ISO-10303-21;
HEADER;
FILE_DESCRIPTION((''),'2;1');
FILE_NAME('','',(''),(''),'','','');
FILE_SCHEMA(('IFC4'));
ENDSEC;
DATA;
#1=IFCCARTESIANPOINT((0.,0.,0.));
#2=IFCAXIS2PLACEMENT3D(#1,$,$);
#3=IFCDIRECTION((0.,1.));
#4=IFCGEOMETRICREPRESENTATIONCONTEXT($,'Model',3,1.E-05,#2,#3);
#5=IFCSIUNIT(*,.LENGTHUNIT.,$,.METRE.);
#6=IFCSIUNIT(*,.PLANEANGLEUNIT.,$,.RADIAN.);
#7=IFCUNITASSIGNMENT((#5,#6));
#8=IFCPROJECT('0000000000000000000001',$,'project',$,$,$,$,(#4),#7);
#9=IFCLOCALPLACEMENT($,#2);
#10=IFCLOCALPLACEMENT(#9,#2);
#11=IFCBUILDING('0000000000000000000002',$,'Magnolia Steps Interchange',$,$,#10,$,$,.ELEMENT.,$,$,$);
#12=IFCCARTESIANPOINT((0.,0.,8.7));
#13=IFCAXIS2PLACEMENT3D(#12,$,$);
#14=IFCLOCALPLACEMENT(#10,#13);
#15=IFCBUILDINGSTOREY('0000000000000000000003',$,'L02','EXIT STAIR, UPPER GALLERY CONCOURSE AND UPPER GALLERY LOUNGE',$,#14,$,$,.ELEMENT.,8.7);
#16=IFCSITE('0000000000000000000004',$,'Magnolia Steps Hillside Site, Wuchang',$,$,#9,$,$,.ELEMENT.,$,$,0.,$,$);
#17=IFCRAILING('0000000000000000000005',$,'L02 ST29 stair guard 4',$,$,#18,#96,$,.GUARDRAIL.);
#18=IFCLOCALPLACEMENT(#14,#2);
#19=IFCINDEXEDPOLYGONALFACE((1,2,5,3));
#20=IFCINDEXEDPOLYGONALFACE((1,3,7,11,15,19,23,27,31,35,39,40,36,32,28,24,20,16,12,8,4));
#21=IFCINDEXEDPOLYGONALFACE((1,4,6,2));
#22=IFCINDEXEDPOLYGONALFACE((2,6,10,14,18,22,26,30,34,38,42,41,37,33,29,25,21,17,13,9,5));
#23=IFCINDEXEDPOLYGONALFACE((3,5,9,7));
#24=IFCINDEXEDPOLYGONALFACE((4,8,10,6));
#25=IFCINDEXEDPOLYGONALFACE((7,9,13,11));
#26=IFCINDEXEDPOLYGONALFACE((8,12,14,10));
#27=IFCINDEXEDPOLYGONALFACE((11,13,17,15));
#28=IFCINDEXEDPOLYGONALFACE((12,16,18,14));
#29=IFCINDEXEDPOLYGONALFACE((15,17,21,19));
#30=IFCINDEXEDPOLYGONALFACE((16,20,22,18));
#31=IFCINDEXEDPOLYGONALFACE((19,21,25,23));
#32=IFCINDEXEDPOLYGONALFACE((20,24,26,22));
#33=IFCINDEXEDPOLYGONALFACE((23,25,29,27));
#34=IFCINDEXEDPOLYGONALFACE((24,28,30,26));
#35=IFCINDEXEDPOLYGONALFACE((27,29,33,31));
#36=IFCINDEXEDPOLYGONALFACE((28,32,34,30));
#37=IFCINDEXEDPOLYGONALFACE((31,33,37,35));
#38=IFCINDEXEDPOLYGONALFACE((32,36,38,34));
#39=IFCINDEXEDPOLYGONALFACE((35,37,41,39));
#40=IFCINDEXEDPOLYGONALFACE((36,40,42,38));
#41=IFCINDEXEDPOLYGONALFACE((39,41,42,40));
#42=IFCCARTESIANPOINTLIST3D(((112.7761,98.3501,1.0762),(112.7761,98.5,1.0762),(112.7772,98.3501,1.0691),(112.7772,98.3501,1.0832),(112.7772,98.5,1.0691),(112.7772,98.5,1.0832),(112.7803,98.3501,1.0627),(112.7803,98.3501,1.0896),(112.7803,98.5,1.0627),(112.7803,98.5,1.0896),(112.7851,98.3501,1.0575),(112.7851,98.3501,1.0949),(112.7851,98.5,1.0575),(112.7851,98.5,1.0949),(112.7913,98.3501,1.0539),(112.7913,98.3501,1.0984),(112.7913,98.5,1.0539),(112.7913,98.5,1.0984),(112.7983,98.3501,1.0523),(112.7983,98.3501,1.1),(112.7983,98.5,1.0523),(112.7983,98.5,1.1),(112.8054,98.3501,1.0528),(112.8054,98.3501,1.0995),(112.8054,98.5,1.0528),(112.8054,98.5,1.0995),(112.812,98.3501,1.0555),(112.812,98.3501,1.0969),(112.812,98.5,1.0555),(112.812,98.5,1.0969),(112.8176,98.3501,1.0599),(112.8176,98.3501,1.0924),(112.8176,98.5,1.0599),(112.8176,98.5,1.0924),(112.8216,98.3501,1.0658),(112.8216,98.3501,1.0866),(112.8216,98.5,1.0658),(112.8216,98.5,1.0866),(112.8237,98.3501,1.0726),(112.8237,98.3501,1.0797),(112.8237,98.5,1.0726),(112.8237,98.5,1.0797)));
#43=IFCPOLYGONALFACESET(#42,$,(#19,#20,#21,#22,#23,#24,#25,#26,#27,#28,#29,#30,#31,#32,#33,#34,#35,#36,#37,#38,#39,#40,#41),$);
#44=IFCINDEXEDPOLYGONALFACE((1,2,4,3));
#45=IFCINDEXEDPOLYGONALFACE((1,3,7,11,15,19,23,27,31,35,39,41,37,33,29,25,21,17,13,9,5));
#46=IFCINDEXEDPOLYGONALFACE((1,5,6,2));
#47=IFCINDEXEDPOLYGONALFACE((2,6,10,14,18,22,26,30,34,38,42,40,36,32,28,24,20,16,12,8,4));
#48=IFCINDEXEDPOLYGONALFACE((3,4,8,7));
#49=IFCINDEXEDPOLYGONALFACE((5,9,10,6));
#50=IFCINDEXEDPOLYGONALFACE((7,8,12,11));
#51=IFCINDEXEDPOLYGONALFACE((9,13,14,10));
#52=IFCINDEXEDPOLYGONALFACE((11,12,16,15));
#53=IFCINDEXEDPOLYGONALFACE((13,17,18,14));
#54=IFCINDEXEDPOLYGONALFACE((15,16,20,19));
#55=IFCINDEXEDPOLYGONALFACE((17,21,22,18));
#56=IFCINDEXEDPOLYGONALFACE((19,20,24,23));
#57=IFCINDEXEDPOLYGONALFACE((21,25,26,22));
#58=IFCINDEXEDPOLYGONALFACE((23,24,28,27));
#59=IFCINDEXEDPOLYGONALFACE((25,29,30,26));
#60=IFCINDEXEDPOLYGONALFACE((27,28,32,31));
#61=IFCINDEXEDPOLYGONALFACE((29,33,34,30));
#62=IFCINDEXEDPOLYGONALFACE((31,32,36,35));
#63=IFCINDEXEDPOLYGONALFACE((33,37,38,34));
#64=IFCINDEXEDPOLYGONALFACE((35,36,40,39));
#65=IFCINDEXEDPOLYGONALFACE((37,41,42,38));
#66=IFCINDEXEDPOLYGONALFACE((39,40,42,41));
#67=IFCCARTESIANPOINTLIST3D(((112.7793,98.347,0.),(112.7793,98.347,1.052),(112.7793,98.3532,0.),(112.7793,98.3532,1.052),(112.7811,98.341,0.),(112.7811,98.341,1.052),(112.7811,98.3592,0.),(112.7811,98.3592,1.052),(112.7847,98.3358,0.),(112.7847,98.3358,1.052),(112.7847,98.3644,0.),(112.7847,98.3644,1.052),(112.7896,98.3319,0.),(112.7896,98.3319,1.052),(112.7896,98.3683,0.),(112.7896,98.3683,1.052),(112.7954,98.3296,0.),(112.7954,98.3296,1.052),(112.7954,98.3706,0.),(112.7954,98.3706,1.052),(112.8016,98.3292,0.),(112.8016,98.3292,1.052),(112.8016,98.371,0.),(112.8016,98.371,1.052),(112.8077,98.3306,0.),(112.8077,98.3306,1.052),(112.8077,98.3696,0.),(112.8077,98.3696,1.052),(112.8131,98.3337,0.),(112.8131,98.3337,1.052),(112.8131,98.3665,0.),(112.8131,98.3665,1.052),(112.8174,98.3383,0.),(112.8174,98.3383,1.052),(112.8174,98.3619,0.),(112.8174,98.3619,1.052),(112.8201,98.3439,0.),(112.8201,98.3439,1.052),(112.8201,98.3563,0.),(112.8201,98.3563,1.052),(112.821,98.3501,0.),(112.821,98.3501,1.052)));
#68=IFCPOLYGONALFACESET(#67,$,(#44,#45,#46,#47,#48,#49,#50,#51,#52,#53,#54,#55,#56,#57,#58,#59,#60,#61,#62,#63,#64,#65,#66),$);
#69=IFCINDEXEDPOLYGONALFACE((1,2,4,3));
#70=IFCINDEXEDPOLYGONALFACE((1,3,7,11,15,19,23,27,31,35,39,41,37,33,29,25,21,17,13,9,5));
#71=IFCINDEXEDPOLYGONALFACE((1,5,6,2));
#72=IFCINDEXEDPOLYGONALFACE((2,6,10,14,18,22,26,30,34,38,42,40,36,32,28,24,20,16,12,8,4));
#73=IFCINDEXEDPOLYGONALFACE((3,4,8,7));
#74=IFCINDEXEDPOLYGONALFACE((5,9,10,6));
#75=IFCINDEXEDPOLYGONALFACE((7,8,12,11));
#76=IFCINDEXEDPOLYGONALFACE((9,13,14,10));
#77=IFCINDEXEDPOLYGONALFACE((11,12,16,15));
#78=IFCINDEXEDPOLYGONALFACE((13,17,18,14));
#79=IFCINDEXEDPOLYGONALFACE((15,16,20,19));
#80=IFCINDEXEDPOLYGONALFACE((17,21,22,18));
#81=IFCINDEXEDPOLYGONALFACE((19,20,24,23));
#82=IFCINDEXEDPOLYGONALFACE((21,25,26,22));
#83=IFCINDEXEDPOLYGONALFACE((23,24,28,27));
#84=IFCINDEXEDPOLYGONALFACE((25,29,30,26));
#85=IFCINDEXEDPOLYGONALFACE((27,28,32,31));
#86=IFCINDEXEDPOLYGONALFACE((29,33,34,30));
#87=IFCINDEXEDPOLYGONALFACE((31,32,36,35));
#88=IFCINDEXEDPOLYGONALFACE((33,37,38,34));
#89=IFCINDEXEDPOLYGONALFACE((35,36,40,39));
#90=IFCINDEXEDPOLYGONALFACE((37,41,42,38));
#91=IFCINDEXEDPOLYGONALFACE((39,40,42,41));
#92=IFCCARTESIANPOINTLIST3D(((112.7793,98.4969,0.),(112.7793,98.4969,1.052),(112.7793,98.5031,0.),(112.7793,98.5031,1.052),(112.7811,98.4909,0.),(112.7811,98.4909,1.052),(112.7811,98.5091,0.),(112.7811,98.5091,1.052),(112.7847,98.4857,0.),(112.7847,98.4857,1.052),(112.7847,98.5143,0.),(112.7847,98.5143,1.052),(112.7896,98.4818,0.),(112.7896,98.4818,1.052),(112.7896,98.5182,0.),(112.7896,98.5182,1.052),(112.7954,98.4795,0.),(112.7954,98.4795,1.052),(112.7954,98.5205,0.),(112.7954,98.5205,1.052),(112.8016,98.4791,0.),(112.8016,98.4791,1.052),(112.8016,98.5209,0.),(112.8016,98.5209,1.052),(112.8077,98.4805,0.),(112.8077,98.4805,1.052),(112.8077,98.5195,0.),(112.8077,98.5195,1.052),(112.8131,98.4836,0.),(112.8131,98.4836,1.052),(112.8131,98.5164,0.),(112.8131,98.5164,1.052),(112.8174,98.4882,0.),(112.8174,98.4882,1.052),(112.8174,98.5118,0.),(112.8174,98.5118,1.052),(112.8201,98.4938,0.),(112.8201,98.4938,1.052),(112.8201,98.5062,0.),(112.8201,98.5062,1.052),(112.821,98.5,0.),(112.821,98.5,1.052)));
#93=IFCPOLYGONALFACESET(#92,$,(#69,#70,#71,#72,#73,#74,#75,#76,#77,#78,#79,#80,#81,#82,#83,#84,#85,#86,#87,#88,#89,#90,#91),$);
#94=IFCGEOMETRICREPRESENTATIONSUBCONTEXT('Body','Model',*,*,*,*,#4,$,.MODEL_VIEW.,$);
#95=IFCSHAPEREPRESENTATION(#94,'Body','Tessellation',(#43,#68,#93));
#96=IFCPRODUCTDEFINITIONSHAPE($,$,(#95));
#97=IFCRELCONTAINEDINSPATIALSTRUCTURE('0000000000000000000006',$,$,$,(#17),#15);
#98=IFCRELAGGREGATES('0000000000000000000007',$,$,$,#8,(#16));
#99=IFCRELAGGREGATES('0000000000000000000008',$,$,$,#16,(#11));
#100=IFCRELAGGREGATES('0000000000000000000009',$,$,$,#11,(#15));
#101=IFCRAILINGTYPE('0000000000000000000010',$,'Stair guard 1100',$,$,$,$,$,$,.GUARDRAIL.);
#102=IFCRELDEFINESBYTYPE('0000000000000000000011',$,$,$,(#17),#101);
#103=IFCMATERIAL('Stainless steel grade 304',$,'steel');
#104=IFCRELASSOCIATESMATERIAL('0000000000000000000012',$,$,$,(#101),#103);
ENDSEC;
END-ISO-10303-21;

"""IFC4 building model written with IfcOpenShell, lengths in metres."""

from ifc_helpers import new_model, si_unit, direction, frame, origin, origin_2d, place, context, subcontext, project, spatial, circle, extrude, material, type_object, element, save


model = new_model("IFC4")

# Units and contexts
model_context = context("Model", 3, precision=1e-05, world=origin(), true_north=direction((0.0, 1.0)))
body_context = subcontext(model_context, "Body", "Model", "MODEL_VIEW")
ifc_project = project(units=[si_unit("LENGTHUNIT", "METRE"), si_unit("PLANEANGLEUNIT", "RADIAN")], contexts=[model_context])

# Site, building, storey
site_placement = place(None, origin())
site = spatial("IfcSite", under=ifc_project, at=site_placement, Name="Magnolia Steps Hillside Site, Wuchang", CompositionType="ELEMENT", RefElevation=0.0)
building_placement = place(site_placement, origin())
building = spatial("IfcBuilding", under=site, at=building_placement, Name="Magnolia Steps Interchange", CompositionType="ELEMENT")
storey_placement = place(building_placement, frame((0.0, 0.0, 8.7)))
storey = spatial("IfcBuildingStorey", under=building, at=storey_placement, Name="L02", Description="EXIT STAIR, UPPER GALLERY CONCOURSE AND UPPER GALLERY LOUNGE", CompositionType="ELEMENT", Elevation=8.7)

# Railing
ifc_material_1 = material(Name="Stainless steel grade 304", Category="steel")
railing_type_1 = type_object("IfcRailingType", Name="Stair guard 1100", PredefinedType="GUARDRAIL", material=ifc_material_1)
railing_1_placement = place(storey_placement, frame((112.8, 98.3501, 0.0)))
element("IfcRailing", 1, at=railing_1_placement, inside=storey, type_object=railing_type_1, Name="L02 ST29 stair guard 4", PredefinedType="GUARDRAIL", context=body_context, shape_type="SweptSolid", body=[
    extrude(circle(Radius=0.0239, at=origin_2d()), frame((0.0, 0.0, 1.0762), z_axis=(0.0, 1.0, 0.0), x_axis=(-1.0, 0.0, 0.0)), (0.0, 0.0, 1.0), 0.1499),
    extrude(circle(Radius=0.021, at=origin_2d()), origin(), (0.0, 0.0, 1.0), 1.052),
    extrude(circle(Radius=0.021, at=origin_2d()), frame((0.0, 0.1499, 0.0)), (0.0, 0.0, 1.0), 1.052),
])

save(model, "model.ifc")
